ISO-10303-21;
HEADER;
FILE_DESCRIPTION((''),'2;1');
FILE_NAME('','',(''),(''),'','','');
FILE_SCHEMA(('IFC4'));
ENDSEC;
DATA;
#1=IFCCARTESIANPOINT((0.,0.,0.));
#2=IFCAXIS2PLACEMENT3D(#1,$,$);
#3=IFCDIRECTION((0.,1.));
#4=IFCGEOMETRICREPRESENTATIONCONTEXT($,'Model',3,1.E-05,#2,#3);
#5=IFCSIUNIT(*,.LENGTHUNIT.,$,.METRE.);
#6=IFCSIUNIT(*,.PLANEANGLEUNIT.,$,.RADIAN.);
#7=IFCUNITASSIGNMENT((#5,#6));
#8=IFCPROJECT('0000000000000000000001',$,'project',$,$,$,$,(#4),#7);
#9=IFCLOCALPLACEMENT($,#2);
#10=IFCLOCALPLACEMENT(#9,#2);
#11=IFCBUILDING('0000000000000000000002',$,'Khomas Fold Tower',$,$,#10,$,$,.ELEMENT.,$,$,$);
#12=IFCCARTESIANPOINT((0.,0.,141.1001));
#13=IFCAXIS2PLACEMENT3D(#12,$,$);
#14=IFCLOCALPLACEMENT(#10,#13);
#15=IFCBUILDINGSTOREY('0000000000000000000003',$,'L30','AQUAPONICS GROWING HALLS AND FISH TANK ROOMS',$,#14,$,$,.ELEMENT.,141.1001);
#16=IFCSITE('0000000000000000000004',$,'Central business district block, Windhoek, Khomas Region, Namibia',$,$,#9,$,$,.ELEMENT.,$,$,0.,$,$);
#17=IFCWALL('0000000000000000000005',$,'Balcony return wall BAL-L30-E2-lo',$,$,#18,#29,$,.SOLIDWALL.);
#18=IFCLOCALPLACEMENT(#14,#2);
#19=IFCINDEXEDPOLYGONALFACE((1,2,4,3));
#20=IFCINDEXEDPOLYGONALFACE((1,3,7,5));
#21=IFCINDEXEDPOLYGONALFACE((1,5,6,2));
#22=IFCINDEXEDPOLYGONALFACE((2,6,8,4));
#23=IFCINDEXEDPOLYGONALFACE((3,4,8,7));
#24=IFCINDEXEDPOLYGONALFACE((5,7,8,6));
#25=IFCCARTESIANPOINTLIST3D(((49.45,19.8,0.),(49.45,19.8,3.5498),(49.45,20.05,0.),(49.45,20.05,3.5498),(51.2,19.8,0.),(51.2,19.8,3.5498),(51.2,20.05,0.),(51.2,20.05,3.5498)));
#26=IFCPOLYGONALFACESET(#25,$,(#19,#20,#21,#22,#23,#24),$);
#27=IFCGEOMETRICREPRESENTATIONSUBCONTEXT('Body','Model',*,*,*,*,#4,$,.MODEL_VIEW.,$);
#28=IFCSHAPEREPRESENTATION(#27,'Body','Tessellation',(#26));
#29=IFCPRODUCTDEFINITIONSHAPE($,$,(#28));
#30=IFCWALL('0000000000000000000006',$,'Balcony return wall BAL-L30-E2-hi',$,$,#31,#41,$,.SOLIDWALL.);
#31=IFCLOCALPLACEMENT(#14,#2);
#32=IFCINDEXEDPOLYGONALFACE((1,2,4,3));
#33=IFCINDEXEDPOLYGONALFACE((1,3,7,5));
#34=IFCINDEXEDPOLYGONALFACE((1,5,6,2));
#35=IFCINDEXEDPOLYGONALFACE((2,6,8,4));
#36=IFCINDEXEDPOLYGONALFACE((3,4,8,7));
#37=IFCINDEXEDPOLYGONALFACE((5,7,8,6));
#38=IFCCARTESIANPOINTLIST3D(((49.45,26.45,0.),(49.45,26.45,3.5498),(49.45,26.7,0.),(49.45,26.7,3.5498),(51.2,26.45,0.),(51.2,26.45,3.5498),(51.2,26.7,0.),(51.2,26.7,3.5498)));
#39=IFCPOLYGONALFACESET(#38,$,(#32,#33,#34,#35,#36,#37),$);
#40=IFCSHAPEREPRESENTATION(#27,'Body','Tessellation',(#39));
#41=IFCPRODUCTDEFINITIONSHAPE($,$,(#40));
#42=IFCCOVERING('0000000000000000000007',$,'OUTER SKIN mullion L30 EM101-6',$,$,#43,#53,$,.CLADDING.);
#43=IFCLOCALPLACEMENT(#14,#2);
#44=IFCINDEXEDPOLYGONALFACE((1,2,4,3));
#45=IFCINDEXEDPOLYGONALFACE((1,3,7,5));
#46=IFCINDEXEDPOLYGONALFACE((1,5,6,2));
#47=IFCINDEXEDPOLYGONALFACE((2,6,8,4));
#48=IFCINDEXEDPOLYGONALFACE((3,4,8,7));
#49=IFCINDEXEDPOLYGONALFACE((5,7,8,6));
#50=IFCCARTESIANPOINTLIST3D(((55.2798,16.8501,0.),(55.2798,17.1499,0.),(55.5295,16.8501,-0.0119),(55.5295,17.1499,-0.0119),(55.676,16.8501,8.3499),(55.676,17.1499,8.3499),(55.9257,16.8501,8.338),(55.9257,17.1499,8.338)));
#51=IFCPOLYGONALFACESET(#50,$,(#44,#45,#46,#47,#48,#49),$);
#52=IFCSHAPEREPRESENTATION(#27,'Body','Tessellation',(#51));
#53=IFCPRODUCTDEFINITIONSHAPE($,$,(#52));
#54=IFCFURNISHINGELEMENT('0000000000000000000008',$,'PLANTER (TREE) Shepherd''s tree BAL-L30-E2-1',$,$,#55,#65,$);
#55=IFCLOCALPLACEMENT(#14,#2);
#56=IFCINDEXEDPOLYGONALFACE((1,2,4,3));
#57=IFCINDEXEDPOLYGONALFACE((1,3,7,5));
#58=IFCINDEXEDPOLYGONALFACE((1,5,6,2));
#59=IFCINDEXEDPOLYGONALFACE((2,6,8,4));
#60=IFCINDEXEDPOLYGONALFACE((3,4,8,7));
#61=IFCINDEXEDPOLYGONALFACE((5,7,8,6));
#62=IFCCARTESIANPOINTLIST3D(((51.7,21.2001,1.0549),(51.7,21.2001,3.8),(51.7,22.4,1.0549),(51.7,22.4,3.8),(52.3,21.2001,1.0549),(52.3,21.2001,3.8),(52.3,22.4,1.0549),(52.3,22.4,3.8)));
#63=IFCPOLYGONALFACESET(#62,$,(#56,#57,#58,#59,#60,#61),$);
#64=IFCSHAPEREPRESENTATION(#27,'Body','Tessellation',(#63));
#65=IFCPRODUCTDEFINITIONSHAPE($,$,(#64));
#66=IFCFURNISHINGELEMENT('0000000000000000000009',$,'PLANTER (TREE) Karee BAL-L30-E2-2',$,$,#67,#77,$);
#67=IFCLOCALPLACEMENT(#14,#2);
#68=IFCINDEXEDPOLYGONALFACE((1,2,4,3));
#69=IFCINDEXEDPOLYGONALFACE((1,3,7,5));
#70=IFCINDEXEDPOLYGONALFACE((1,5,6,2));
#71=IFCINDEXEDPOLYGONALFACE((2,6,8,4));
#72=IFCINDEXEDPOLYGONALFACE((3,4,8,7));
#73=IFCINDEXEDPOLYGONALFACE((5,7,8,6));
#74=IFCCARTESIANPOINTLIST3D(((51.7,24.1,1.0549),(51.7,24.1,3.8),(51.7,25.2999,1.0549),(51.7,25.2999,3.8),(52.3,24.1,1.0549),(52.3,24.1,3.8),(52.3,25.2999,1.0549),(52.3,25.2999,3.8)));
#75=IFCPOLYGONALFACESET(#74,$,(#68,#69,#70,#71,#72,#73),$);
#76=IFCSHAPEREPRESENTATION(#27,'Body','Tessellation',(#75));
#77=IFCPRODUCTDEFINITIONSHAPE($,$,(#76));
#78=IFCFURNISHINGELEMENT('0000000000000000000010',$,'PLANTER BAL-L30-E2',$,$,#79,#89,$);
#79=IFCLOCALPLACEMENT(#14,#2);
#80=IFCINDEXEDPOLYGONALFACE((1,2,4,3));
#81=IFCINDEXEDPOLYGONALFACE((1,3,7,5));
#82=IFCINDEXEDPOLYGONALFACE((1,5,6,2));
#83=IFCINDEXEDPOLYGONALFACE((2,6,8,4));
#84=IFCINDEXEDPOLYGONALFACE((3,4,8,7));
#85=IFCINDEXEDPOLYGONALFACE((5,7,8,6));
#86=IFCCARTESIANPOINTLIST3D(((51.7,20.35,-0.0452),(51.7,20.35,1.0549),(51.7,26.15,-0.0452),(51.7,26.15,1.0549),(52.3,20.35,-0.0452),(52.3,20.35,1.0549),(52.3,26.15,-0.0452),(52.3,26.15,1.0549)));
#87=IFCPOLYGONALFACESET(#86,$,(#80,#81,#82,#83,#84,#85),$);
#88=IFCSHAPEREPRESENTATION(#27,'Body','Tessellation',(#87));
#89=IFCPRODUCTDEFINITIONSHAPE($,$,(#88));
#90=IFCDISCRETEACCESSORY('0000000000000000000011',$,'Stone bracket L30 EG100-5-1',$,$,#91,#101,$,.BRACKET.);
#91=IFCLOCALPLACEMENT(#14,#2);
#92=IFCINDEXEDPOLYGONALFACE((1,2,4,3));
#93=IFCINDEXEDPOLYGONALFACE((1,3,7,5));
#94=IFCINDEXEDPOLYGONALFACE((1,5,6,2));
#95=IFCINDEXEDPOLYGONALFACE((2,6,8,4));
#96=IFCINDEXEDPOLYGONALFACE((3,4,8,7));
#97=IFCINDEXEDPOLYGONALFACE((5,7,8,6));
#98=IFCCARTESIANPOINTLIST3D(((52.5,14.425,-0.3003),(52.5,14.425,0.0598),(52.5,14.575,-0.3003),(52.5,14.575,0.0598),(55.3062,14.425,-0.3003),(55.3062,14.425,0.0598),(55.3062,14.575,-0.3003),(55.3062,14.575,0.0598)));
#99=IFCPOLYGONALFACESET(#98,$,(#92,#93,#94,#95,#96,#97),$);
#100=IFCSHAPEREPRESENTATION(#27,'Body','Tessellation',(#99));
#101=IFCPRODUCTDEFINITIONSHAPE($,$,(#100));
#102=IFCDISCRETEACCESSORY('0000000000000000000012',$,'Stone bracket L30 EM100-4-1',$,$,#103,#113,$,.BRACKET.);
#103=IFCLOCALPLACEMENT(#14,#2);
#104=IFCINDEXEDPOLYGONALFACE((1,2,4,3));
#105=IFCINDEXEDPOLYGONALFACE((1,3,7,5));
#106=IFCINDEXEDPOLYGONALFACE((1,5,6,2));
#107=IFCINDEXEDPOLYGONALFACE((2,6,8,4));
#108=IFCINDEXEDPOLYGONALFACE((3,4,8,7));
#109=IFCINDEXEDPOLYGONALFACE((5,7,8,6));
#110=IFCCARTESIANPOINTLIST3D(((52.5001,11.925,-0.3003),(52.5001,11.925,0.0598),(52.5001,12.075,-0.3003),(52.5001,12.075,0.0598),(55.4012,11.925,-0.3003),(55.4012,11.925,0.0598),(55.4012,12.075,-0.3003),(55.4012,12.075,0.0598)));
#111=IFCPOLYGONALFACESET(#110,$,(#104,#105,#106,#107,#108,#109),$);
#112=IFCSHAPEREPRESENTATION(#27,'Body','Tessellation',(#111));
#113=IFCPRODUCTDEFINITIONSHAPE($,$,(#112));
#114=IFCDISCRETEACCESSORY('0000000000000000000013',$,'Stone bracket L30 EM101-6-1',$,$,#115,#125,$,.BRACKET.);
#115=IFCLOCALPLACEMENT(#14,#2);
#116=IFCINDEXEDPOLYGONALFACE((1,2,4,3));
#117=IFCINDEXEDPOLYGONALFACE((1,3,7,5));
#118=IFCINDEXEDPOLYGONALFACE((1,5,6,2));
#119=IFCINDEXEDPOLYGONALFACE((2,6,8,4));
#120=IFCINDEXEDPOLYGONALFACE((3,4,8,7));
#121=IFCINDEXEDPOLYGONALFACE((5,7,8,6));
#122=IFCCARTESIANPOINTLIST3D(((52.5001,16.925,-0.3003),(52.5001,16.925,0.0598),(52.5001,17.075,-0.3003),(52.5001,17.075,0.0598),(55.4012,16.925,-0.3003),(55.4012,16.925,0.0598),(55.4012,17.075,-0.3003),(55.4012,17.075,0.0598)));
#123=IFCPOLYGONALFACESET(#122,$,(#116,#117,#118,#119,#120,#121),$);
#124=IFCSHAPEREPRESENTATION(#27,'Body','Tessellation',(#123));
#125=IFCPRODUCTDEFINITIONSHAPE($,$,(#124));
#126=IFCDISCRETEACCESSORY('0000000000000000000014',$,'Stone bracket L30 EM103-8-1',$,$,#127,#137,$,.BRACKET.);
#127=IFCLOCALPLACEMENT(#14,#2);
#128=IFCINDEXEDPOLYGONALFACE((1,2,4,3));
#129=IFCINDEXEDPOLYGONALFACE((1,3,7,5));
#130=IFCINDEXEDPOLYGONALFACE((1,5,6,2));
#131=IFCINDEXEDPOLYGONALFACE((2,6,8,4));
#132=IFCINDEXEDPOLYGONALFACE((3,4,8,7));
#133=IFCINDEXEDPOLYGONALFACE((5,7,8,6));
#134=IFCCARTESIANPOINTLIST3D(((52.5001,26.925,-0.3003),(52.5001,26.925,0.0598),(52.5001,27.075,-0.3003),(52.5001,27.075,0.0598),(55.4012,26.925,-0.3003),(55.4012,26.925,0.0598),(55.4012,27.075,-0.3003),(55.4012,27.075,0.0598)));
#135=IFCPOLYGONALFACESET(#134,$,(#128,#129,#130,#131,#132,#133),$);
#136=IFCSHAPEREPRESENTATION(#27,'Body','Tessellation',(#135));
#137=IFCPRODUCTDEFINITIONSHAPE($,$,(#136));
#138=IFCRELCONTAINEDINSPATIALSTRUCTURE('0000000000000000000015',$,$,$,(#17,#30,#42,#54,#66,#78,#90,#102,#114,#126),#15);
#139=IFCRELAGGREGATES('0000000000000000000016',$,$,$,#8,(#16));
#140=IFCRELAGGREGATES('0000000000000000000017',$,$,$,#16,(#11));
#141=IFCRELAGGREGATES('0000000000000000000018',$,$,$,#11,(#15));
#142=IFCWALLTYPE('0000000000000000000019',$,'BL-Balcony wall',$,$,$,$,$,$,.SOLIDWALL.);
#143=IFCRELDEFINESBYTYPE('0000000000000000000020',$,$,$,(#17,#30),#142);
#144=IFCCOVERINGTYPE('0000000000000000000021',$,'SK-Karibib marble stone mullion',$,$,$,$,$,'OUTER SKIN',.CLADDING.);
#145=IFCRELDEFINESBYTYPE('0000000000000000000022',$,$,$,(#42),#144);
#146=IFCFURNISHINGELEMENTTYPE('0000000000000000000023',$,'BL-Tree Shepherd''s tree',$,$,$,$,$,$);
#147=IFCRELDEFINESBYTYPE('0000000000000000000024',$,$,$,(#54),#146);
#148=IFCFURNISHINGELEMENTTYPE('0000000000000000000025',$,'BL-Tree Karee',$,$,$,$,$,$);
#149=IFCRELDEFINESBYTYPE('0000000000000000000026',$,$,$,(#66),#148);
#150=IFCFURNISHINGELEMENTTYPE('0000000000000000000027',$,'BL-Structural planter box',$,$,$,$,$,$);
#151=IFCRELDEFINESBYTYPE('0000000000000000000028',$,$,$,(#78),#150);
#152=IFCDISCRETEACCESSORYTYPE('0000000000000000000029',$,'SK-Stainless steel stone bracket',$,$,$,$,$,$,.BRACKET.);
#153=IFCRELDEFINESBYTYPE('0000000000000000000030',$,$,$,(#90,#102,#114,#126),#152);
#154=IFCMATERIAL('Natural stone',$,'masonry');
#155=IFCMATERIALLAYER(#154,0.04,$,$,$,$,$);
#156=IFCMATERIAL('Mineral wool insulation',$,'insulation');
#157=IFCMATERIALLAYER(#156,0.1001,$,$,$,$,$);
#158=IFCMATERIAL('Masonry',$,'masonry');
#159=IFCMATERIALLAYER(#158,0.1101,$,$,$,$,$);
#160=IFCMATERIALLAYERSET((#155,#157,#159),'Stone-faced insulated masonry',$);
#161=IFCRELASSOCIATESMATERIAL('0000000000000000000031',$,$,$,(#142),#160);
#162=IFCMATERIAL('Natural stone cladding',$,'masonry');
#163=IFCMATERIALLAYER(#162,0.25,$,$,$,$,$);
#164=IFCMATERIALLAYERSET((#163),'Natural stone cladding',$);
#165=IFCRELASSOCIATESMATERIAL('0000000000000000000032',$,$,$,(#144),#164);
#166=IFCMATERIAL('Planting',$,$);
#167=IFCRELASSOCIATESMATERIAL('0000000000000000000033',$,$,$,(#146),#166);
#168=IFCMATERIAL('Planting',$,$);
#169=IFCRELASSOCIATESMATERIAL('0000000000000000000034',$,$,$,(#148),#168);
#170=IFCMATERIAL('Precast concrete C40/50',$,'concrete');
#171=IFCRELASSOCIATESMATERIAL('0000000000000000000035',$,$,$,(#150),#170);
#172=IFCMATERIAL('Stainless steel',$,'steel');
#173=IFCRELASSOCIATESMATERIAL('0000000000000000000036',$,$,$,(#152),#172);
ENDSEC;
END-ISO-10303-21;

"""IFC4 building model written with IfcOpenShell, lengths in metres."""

from ifc_helpers import new_model, si_unit, direction, frame, frame_2d, origin, origin_2d, place, context, subcontext, project, spatial, polyline, rectangle, outline, extrude, source, transform, mapped, material, layer, layer_set, type_object, element, save


model = new_model("IFC4")

# Units and contexts
model_context = context("Model", 3, precision=1e-05, world=origin(), true_north=direction((0.0, 1.0)))
body_context = subcontext(model_context, "Body", "Model", "MODEL_VIEW")
ifc_project = project(units=[si_unit("LENGTHUNIT", "METRE"), si_unit("PLANEANGLEUNIT", "RADIAN")], contexts=[model_context])

# Site, building, storey
site_placement = place(None, origin())
site = spatial("IfcSite", under=ifc_project, at=site_placement, Name="Central business district block, Windhoek, Khomas Region, Namibia", CompositionType="ELEMENT", RefElevation=0.0)
building_placement = place(site_placement, origin())
building = spatial("IfcBuilding", under=site, at=building_placement, Name="Khomas Fold Tower", CompositionType="ELEMENT")
storey_placement = place(building_placement, frame((0.0, 0.0, 141.1001)))
storey = spatial("IfcBuildingStorey", under=building, at=storey_placement, Name="L30", Description="AQUAPONICS GROWING HALLS AND FISH TANK ROOMS", CompositionType="ELEMENT", Elevation=141.1001)

# Shared definitions
ifc_material_1 = material(Name="Natural stone", Category="masonry")
ifc_layer_1 = layer(ifc_material_1, 0.04)
ifc_material_2 = material(Name="Mineral wool insulation", Category="insulation")
ifc_layer_2 = layer(ifc_material_2, 0.1001)
ifc_material_3 = material(Name="Masonry", Category="masonry")
ifc_layer_3 = layer(ifc_material_3, 0.1101)
ifc_layer_set_1 = layer_set([ifc_layer_1, ifc_layer_2, ifc_layer_3], Name="Stone-faced insulated masonry")
wall_type = type_object("IfcWallType", Name="BL-Balcony wall", PredefinedType="SOLIDWALL", material=ifc_layer_set_1)

# Walls
shared_shape_1 = source(origin(), body_context, "Body", "SweptSolid", [
    extrude(rectangle(XDim=1.75, YDim=0.25, at=frame_2d((0.875, 0.0))), origin(), (0.0, 0.0, 1.0), 3.5498),
])
for number, where, z_axis, x_axis, name in (
    (1, (51.2, 19.925, 0.0), (0.0, 0.0, 1.0), (-1.0, 0.0, 0.0), "Balcony return wall BAL-L30-E2-lo"),
    (2, (51.2, 26.575, 0.0), (0.0, 0.0, 1.0), (-1.0, 0.0, 0.0), "Balcony return wall BAL-L30-E2-hi"),
):
    element("IfcWall", number, at=place(storey_placement, frame(where, z_axis=z_axis, x_axis=x_axis)), inside=storey, type_object=wall_type, Name=name, PredefinedType="SOLIDWALL", context=body_context, shape_type="MappedRepresentation", body=[
        mapped(shared_shape_1, transform((0.0, 0.0, 0.0))),
    ])

# Covering
ifc_material_4 = material(Name="Natural stone cladding", Category="masonry")
ifc_layer_4 = layer(ifc_material_4, 0.25)
ifc_layer_set_2 = layer_set([ifc_layer_4], Name="Natural stone cladding")
covering_type = type_object("IfcCoveringType", Name="SK-Karibib marble stone mullion", ElementType="OUTER SKIN", PredefinedType="CLADDING", material=ifc_layer_set_2)
covering_placement = place(storey_placement, frame((55.2798, 16.8501, 0.0), z_axis=(-0.998876, 0.0, 0.047401), x_axis=(0.047401, 0.0, 0.998876)))
element("IfcCovering", 3, at=covering_placement, inside=storey, type_object=covering_type, Name="OUTER SKIN mullion L30 EM101-6", PredefinedType="CLADDING", context=body_context, shape_type="SweptSolid", body=[
    extrude(outline(polyline([(0.0, 0.0), (8.3592, 0.0), (8.3592, 0.2998), (0.0, 0.2998), (0.0, 0.0)])), origin(), (0.0, 0.0, -1.0), 0.25),
])

# Furnishing elements
ifc_material_5 = material(Name="Planting")
furnishing_element_type_1 = type_object("IfcFurnishingElementType", Name="BL-Tree Shepherd's tree", material=ifc_material_5)
shared_shape_2 = source(origin(), body_context, "Body", "SweptSolid", [
    extrude(rectangle(XDim=1.2, YDim=0.6001, at=origin_2d()), origin(), (0.0, 0.0, 1.0), 2.7451),
])
furnishing_1_placement = place(storey_placement, frame((52.0, 21.8, 1.0549), z_axis=(0.0, 0.0, 1.0), x_axis=(0.0, 1.0, 0.0)))
element("IfcFurnishingElement", 4, at=furnishing_1_placement, inside=storey, type_object=furnishing_element_type_1, Name="PLANTER (TREE) Shepherd's tree BAL-L30-E2-1", context=body_context, shape_type="MappedRepresentation", body=[
    mapped(shared_shape_2, transform((0.0, 0.0, 0.0))),
])
ifc_material_6 = material(Name="Planting")
furnishing_element_type_2 = type_object("IfcFurnishingElementType", Name="BL-Tree Karee", material=ifc_material_6)
furnishing_2_placement = place(storey_placement, frame((52.0, 24.7, 1.0549), z_axis=(0.0, 0.0, 1.0), x_axis=(0.0, 1.0, 0.0)))
element("IfcFurnishingElement", 5, at=furnishing_2_placement, inside=storey, type_object=furnishing_element_type_2, Name="PLANTER (TREE) Karee BAL-L30-E2-2", context=body_context, shape_type="MappedRepresentation", body=[
    mapped(shared_shape_2, transform((0.0, 0.0, 0.0))),
])
ifc_material_7 = material(Name="Precast concrete C40/50", Category="concrete")
furnishing_element_type_3 = type_object("IfcFurnishingElementType", Name="BL-Structural planter box", material=ifc_material_7)
shared_shape_3 = source(origin(), body_context, "Body", "SweptSolid", [
    extrude(rectangle(XDim=5.8, YDim=0.6001, at=origin_2d()), origin(), (0.0, 0.0, 1.0), 1.1001),
])
furnishing_3_placement = place(storey_placement, frame((52.0, 23.25, -0.0452), z_axis=(0.0, 0.0, 1.0), x_axis=(0.0, 1.0, 0.0)))
element("IfcFurnishingElement", 6, at=furnishing_3_placement, inside=storey, type_object=furnishing_element_type_3, Name="PLANTER BAL-L30-E2", context=body_context, shape_type="MappedRepresentation", body=[
    mapped(shared_shape_3, transform((0.0, 0.0, 0.0))),
])

# Discrete accessories
ifc_material_8 = material(Name="Stainless steel", Category="steel")
discrete_accessory_type = type_object("IfcDiscreteAccessoryType", Name="SK-Stainless steel stone bracket", PredefinedType="BRACKET", material=ifc_material_8)
shared_shape_4 = source(origin(), body_context, "Body", "SweptSolid", [
    extrude(rectangle(XDim=2.8062, YDim=0.1499, at=origin_2d()), origin(), (0.0, 0.0, 1.0), 0.3601),
])
discrete_accessory_placement = place(storey_placement, frame((53.9031, 14.5, -0.3003), z_axis=(0.0, 0.0, 1.0), x_axis=(1.0, 0.0, 0.0)))
element("IfcDiscreteAccessory", 7, at=discrete_accessory_placement, inside=storey, type_object=discrete_accessory_type, Name="Stone bracket L30 EG100-5-1", PredefinedType="BRACKET", context=body_context, shape_type="MappedRepresentation", body=[
    mapped(shared_shape_4, transform((0.0, 0.0, 0.0))),
])
shared_shape_5 = source(origin(), body_context, "Body", "SweptSolid", [
    extrude(rectangle(XDim=2.9011, YDim=0.1499, at=origin_2d()), origin(), (0.0, 0.0, 1.0), 0.3601),
])
for number, where, z_axis, x_axis, name in (
    (8, (53.9507, 12.0, -0.3003), (0.0, 0.0, 1.0), (1.0, 0.0, 0.0), "Stone bracket L30 EM100-4-1"),
    (9, (53.9507, 17.0, -0.3003), (0.0, 0.0, 1.0), (1.0, 0.0, 0.0), "Stone bracket L30 EM101-6-1"),
    (10, (53.9507, 27.0, -0.3003), (0.0, 0.0, 1.0), (1.0, 0.0, 0.0), "Stone bracket L30 EM103-8-1"),
):
    element("IfcDiscreteAccessory", number, at=place(storey_placement, frame(where, z_axis=z_axis, x_axis=x_axis)), inside=storey, type_object=discrete_accessory_type, Name=name, PredefinedType="BRACKET", context=body_context, shape_type="MappedRepresentation", body=[
        mapped(shared_shape_5, transform((0.0, 0.0, 0.0))),
    ])

save(model, "model.ifc")
